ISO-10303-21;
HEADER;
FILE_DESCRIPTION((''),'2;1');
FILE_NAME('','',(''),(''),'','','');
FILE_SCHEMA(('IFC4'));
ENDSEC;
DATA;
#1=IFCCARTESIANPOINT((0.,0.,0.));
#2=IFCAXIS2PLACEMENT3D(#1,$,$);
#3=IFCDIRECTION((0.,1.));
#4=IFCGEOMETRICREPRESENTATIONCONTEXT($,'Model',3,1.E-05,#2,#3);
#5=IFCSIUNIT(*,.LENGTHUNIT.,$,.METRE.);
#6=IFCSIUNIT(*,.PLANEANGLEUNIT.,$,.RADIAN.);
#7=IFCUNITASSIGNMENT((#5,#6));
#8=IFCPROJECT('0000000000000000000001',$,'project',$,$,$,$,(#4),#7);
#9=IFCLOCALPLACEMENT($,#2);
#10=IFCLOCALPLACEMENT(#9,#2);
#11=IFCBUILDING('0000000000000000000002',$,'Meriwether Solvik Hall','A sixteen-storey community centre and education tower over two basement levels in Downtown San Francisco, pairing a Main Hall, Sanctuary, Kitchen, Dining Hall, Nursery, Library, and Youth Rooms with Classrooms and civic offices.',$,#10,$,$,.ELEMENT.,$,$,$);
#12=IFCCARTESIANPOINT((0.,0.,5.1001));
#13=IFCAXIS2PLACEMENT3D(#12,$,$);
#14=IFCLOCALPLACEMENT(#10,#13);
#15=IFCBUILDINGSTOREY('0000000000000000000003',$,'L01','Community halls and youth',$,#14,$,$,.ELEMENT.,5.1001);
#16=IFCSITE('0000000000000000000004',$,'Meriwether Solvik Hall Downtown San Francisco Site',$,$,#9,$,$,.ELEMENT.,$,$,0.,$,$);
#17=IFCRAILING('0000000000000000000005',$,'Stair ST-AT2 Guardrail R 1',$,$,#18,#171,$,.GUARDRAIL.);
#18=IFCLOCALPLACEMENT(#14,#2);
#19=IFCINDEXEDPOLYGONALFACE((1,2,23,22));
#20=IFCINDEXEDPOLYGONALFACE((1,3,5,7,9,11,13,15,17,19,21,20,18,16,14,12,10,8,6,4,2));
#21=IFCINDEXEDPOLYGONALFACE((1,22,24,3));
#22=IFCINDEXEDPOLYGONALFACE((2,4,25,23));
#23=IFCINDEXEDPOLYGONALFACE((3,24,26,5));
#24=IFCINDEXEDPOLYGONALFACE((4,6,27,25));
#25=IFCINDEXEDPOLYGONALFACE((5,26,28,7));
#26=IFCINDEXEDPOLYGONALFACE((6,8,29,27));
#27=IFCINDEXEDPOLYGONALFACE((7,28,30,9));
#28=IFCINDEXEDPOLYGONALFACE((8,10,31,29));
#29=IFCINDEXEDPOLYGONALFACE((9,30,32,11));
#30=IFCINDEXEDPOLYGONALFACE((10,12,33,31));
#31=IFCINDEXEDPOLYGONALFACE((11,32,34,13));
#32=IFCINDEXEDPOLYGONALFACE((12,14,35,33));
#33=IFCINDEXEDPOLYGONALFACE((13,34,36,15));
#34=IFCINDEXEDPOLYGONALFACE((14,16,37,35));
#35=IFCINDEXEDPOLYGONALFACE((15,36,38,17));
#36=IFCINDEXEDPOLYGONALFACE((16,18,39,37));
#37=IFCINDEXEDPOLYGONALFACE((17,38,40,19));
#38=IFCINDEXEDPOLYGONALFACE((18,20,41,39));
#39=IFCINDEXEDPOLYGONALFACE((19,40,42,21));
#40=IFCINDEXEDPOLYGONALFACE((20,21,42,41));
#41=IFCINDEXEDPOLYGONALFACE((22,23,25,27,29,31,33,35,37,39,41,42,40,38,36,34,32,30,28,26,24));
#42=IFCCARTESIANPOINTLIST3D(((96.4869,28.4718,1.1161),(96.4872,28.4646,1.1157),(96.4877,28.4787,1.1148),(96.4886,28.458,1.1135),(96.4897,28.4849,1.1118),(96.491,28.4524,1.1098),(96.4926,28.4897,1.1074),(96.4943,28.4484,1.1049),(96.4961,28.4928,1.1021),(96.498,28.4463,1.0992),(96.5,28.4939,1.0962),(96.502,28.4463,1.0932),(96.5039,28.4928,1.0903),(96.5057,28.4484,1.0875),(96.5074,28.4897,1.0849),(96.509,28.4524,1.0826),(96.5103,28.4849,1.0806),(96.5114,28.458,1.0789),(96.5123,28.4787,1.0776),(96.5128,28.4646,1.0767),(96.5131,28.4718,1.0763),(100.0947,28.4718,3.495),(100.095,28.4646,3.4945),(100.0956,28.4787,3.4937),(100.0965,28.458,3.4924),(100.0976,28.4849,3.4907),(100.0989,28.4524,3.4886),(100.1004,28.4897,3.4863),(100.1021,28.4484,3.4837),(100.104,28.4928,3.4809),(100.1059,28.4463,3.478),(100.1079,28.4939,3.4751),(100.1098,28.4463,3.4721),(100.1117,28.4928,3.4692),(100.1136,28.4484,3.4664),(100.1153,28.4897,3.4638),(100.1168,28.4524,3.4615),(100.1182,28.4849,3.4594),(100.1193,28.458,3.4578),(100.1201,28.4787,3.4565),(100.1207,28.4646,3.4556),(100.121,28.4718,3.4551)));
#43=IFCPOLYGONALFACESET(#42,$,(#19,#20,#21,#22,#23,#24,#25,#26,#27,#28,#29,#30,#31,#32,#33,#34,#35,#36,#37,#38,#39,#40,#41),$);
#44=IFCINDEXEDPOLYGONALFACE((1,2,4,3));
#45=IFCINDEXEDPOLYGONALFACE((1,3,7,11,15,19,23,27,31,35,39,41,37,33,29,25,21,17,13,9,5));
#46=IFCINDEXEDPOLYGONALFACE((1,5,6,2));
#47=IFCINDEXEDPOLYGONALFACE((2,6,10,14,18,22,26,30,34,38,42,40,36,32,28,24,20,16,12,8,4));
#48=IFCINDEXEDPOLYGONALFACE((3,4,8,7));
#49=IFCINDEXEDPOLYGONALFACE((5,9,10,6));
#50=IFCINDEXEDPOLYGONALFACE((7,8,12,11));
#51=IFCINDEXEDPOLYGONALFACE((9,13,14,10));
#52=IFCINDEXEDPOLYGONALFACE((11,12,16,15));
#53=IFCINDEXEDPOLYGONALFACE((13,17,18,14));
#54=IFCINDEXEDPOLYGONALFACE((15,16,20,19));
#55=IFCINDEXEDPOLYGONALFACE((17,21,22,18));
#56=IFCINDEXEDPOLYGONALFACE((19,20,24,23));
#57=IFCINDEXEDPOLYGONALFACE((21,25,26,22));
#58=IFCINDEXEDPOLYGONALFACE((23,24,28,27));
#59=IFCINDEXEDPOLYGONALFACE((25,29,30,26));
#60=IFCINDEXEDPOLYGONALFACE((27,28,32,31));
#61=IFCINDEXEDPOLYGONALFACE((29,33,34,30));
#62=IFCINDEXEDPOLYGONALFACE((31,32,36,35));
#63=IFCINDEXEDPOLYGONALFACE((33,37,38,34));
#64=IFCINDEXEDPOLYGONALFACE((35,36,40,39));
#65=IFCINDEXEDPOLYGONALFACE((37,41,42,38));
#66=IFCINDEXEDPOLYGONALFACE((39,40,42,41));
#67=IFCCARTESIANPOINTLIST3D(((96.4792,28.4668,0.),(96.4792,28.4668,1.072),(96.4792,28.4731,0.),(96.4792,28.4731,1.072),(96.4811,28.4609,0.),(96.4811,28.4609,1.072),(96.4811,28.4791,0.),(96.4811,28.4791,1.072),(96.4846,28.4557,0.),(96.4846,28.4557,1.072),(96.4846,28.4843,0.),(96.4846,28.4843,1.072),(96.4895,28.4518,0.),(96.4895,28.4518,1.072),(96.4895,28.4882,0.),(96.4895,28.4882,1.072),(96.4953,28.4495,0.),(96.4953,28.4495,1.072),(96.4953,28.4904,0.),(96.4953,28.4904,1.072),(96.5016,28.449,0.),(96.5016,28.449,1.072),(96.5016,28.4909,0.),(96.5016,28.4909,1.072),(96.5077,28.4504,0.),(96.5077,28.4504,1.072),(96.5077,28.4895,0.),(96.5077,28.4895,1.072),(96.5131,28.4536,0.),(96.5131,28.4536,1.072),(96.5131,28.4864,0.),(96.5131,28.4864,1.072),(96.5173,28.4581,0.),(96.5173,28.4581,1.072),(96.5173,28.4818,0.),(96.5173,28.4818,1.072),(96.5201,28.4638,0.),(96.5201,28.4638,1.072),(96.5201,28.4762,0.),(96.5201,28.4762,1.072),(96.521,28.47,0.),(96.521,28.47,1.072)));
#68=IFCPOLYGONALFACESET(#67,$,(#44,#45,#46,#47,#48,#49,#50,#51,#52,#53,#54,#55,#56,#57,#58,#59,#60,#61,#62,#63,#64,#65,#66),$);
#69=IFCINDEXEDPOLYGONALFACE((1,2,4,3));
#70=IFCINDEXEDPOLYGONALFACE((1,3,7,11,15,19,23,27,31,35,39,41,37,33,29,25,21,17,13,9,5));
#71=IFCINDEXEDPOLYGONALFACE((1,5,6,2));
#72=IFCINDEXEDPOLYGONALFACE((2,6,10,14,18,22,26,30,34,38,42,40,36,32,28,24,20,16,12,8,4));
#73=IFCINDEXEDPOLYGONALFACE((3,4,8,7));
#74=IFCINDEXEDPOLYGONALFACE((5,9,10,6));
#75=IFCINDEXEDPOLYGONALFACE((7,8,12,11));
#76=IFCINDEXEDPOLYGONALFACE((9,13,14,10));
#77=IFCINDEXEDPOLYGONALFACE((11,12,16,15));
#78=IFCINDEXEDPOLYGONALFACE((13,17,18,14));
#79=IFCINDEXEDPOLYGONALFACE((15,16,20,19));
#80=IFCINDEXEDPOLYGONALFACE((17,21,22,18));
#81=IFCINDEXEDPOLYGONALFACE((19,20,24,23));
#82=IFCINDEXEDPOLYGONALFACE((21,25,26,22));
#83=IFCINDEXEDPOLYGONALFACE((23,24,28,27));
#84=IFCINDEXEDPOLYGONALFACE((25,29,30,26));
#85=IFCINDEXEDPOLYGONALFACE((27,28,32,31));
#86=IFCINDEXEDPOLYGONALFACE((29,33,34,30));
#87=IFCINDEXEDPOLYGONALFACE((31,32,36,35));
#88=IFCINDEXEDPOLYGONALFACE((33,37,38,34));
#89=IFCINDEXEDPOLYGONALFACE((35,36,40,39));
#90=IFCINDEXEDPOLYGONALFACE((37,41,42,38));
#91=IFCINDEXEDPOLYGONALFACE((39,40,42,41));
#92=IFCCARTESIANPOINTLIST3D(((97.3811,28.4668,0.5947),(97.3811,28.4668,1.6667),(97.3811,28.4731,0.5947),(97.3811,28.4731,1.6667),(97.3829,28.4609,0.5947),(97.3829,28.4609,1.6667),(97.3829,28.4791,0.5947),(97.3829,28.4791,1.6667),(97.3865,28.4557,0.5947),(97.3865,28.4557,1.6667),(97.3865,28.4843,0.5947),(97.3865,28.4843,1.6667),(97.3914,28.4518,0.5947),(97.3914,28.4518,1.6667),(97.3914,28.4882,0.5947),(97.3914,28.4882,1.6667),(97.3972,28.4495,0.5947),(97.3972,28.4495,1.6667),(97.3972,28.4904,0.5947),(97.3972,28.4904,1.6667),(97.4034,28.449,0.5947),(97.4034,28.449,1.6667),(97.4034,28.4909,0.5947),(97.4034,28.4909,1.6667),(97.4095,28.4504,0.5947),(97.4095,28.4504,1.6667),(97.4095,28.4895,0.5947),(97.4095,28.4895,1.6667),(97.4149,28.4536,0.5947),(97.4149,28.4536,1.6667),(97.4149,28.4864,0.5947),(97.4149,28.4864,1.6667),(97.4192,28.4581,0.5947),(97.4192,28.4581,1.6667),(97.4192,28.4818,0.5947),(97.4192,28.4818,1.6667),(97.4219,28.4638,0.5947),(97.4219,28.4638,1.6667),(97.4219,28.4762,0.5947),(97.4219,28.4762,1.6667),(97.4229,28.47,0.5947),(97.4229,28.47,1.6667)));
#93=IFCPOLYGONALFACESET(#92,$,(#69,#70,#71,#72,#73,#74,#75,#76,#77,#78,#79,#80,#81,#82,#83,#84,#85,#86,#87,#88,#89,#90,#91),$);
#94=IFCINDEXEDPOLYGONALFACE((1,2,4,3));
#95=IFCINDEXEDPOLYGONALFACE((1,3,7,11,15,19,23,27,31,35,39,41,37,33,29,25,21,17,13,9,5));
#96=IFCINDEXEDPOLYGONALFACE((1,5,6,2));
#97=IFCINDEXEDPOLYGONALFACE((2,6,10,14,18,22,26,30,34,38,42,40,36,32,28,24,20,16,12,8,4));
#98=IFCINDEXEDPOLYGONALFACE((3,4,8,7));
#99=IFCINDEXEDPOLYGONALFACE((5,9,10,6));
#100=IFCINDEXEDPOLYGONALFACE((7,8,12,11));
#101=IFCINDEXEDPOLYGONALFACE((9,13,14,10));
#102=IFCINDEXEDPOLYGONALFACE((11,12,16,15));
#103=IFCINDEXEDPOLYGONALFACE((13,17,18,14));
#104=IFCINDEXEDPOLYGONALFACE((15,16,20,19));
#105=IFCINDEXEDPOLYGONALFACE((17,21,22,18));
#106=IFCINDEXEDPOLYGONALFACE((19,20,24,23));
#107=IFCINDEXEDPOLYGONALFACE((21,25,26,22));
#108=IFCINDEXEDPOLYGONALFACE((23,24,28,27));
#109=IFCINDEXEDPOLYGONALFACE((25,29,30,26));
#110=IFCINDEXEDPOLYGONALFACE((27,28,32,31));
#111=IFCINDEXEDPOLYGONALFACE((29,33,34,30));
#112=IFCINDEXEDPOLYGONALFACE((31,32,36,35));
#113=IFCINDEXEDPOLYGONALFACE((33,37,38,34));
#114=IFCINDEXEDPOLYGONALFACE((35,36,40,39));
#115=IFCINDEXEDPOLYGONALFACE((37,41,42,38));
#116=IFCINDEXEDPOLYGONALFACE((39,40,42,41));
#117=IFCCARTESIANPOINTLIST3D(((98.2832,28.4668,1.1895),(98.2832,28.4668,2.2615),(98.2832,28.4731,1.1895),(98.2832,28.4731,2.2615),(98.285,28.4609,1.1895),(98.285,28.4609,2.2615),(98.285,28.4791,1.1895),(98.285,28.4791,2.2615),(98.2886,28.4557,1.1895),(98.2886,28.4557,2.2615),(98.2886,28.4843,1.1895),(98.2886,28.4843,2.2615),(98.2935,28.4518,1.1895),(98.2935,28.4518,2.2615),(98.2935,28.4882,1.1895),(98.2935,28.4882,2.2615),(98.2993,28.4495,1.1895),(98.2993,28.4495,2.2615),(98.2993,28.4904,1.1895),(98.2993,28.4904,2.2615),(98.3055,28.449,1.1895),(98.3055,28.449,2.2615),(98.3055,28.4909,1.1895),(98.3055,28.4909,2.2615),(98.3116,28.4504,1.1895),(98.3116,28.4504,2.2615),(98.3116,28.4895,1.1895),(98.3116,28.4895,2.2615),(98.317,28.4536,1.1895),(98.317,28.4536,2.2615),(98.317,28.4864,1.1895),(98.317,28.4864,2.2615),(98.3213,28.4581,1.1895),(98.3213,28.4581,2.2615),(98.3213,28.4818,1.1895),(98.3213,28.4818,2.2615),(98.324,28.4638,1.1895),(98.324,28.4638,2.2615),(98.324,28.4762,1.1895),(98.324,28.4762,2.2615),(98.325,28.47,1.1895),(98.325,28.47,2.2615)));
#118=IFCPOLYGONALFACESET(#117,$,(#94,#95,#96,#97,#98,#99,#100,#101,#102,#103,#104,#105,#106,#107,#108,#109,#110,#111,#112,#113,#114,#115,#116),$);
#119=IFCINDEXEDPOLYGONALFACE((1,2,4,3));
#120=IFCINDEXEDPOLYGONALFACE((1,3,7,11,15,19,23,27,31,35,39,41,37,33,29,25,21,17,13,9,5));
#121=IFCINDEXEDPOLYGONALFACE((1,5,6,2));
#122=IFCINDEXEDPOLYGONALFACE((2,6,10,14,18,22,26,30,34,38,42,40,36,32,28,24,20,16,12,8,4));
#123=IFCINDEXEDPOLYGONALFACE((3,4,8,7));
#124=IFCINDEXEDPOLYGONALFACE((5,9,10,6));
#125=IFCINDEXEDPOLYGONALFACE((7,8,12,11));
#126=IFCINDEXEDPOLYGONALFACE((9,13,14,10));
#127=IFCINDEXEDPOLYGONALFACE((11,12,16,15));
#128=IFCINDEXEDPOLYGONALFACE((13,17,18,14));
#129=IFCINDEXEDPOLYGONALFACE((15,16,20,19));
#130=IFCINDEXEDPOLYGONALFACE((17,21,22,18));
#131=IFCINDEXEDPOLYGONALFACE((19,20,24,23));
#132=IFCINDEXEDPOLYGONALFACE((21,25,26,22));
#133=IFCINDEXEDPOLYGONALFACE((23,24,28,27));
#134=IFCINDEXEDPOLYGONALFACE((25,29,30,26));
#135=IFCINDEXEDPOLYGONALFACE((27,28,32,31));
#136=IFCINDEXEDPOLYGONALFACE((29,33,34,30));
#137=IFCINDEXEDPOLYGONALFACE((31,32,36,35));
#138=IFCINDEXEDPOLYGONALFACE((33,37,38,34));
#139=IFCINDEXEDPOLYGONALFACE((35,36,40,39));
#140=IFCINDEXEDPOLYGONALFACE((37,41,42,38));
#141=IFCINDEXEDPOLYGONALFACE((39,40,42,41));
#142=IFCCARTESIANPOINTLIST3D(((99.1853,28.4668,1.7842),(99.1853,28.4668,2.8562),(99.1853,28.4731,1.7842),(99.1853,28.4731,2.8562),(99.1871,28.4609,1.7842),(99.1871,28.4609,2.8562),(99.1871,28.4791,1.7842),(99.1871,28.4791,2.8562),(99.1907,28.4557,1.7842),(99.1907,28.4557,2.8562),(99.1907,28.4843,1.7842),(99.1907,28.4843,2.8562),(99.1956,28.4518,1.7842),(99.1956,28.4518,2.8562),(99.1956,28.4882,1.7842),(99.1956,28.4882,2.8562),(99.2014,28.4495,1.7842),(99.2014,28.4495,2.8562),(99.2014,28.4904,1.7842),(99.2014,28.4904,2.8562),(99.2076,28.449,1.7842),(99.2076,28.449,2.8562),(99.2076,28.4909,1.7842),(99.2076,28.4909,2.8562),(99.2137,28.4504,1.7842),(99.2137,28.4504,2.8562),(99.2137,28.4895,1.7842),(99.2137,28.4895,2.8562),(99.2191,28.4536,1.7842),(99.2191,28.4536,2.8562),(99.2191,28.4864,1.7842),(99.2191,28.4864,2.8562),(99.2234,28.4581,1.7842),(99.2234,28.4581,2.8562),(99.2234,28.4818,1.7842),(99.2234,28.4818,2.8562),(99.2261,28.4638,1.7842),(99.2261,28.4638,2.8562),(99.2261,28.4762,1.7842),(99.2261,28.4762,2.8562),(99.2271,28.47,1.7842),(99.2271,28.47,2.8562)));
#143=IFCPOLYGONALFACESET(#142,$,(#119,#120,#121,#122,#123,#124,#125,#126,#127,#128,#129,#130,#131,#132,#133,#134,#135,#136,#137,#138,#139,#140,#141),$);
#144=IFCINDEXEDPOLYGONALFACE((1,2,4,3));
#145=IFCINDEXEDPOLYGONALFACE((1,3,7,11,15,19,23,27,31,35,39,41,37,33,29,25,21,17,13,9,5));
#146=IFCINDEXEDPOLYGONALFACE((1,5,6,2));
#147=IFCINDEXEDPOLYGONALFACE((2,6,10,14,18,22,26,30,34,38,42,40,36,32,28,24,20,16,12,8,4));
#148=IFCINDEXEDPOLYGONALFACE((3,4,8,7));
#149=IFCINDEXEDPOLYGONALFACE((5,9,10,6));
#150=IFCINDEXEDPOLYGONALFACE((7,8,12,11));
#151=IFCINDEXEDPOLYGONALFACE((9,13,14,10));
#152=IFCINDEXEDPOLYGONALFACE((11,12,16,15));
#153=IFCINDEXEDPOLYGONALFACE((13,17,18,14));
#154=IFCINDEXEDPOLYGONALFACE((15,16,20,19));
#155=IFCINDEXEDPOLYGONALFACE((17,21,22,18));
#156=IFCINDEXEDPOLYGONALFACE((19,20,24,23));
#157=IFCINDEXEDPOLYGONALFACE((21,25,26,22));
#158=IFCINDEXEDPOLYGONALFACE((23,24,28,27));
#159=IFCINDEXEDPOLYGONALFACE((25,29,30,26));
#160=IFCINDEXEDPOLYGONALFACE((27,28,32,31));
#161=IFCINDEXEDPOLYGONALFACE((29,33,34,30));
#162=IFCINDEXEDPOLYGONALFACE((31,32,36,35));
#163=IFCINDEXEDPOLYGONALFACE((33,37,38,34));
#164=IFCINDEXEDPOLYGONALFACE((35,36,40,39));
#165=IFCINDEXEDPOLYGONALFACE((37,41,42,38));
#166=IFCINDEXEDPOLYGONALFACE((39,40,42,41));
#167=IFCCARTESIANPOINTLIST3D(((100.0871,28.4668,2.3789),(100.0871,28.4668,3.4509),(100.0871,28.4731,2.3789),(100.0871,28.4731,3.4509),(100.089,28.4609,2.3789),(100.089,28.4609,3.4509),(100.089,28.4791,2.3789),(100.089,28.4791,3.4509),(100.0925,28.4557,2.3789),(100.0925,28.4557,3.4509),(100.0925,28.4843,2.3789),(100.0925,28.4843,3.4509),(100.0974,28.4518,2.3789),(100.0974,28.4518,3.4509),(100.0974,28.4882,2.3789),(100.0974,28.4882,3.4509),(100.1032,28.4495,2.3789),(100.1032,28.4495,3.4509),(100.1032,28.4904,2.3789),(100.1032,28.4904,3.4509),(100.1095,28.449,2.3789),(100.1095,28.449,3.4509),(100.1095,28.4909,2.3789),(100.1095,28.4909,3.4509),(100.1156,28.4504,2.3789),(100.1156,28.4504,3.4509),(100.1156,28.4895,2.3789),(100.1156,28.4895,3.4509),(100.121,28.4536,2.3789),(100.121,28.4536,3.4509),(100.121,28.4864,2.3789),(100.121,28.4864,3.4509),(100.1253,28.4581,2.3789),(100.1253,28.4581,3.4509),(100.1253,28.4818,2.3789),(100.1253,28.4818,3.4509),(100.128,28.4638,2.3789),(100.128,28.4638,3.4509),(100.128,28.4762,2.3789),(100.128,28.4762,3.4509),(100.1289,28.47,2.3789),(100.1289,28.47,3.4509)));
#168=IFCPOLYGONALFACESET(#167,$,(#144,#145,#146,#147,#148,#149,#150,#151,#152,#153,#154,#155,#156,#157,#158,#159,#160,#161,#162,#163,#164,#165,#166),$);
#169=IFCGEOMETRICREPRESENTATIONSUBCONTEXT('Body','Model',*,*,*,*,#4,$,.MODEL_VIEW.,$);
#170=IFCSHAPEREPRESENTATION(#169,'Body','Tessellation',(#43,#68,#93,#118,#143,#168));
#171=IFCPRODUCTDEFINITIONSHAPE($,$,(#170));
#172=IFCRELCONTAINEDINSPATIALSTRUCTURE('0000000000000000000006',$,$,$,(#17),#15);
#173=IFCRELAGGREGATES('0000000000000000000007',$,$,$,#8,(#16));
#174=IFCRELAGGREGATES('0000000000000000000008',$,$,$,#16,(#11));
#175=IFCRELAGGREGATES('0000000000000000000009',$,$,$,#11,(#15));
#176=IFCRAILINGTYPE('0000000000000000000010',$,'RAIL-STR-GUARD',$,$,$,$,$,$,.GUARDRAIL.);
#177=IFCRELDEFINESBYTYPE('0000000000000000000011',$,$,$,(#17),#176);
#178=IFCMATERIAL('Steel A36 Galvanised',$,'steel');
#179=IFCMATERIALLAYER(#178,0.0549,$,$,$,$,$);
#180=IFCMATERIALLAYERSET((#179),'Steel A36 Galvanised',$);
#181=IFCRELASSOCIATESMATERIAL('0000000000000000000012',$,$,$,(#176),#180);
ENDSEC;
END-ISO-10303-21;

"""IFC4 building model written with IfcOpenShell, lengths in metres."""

from ifc_helpers import new_model, si_unit, direction, frame, origin, origin_2d, place, context, subcontext, project, spatial, circle, extrude, material, layer, layer_set, type_object, element, save


model = new_model("IFC4")

# Units and contexts
model_context = context("Model", 3, precision=1e-05, world=origin(), true_north=direction((0.0, 1.0)))
body_context = subcontext(model_context, "Body", "Model", "MODEL_VIEW")
ifc_project = project(units=[si_unit("LENGTHUNIT", "METRE"), si_unit("PLANEANGLEUNIT", "RADIAN")], contexts=[model_context])

# Site, building, storey
site_placement = place(None, origin())
site = spatial("IfcSite", under=ifc_project, at=site_placement, Name="Meriwether Solvik Hall Downtown San Francisco Site", CompositionType="ELEMENT", RefElevation=0.0)
building_placement = place(site_placement, origin())
building = spatial("IfcBuilding", under=site, at=building_placement, Name="Meriwether Solvik Hall", Description="A sixteen-storey community centre and education tower over two basement levels in Downtown San Francisco, pairing a Main Hall, Sanctuary, Kitchen, Dining Hall, Nursery, Library, and Youth Rooms with Classrooms and civic offices.", CompositionType="ELEMENT")
storey_placement = place(building_placement, frame((0.0, 0.0, 5.1001)))
storey = spatial("IfcBuildingStorey", under=building, at=storey_placement, Name="L01", Description="Community halls and youth", CompositionType="ELEMENT", Elevation=5.1001)

# Railing
ifc_material_1 = material(Name="Steel A36 Galvanised", Category="steel")
ifc_layer_1 = layer(ifc_material_1, 0.0549)
ifc_layer_set_1 = layer_set([ifc_layer_1], Name="Steel A36 Galvanised")
railing_type_1 = type_object("IfcRailingType", Name="RAIL-STR-GUARD", PredefinedType="GUARDRAIL", material=ifc_layer_set_1)
railing_1_placement = place(storey_placement, frame((96.5, 28.47, 0.0)))
element("IfcRailing", 1, at=railing_1_placement, inside=storey, type_object=railing_type_1, Name="Stair ST-AT2 Guardrail R 1", PredefinedType="GUARDRAIL", context=body_context, shape_type="SweptSolid", body=[
    extrude(circle(Radius=0.0239, at=origin_2d()), frame((0.0, 0.0, 1.0962), z_axis=(0.834856, 0.0, 0.550469), x_axis=(0.0, 1.0, 0.0)), (0.0, 0.0, 1.0), 4.3215),
    extrude(circle(Radius=0.021, at=origin_2d()), origin(), (0.0, 0.0, 1.0), 1.072),
    extrude(circle(Radius=0.021, at=origin_2d()), frame((0.9019, 0.0, 0.5947)), (0.0, 0.0, 1.0), 1.072),
    extrude(circle(Radius=0.021, at=origin_2d()), frame((1.804, 0.0, 1.1895)), (0.0, 0.0, 1.0), 1.072),
    extrude(circle(Radius=0.021, at=origin_2d()), frame((2.7061, 0.0, 1.7842)), (0.0, 0.0, 1.0), 1.072),
    extrude(circle(Radius=0.021, at=origin_2d()), frame((3.6079, 0.0, 2.3789)), (0.0, 0.0, 1.0), 1.072),
])

save(model, "model.ifc")
